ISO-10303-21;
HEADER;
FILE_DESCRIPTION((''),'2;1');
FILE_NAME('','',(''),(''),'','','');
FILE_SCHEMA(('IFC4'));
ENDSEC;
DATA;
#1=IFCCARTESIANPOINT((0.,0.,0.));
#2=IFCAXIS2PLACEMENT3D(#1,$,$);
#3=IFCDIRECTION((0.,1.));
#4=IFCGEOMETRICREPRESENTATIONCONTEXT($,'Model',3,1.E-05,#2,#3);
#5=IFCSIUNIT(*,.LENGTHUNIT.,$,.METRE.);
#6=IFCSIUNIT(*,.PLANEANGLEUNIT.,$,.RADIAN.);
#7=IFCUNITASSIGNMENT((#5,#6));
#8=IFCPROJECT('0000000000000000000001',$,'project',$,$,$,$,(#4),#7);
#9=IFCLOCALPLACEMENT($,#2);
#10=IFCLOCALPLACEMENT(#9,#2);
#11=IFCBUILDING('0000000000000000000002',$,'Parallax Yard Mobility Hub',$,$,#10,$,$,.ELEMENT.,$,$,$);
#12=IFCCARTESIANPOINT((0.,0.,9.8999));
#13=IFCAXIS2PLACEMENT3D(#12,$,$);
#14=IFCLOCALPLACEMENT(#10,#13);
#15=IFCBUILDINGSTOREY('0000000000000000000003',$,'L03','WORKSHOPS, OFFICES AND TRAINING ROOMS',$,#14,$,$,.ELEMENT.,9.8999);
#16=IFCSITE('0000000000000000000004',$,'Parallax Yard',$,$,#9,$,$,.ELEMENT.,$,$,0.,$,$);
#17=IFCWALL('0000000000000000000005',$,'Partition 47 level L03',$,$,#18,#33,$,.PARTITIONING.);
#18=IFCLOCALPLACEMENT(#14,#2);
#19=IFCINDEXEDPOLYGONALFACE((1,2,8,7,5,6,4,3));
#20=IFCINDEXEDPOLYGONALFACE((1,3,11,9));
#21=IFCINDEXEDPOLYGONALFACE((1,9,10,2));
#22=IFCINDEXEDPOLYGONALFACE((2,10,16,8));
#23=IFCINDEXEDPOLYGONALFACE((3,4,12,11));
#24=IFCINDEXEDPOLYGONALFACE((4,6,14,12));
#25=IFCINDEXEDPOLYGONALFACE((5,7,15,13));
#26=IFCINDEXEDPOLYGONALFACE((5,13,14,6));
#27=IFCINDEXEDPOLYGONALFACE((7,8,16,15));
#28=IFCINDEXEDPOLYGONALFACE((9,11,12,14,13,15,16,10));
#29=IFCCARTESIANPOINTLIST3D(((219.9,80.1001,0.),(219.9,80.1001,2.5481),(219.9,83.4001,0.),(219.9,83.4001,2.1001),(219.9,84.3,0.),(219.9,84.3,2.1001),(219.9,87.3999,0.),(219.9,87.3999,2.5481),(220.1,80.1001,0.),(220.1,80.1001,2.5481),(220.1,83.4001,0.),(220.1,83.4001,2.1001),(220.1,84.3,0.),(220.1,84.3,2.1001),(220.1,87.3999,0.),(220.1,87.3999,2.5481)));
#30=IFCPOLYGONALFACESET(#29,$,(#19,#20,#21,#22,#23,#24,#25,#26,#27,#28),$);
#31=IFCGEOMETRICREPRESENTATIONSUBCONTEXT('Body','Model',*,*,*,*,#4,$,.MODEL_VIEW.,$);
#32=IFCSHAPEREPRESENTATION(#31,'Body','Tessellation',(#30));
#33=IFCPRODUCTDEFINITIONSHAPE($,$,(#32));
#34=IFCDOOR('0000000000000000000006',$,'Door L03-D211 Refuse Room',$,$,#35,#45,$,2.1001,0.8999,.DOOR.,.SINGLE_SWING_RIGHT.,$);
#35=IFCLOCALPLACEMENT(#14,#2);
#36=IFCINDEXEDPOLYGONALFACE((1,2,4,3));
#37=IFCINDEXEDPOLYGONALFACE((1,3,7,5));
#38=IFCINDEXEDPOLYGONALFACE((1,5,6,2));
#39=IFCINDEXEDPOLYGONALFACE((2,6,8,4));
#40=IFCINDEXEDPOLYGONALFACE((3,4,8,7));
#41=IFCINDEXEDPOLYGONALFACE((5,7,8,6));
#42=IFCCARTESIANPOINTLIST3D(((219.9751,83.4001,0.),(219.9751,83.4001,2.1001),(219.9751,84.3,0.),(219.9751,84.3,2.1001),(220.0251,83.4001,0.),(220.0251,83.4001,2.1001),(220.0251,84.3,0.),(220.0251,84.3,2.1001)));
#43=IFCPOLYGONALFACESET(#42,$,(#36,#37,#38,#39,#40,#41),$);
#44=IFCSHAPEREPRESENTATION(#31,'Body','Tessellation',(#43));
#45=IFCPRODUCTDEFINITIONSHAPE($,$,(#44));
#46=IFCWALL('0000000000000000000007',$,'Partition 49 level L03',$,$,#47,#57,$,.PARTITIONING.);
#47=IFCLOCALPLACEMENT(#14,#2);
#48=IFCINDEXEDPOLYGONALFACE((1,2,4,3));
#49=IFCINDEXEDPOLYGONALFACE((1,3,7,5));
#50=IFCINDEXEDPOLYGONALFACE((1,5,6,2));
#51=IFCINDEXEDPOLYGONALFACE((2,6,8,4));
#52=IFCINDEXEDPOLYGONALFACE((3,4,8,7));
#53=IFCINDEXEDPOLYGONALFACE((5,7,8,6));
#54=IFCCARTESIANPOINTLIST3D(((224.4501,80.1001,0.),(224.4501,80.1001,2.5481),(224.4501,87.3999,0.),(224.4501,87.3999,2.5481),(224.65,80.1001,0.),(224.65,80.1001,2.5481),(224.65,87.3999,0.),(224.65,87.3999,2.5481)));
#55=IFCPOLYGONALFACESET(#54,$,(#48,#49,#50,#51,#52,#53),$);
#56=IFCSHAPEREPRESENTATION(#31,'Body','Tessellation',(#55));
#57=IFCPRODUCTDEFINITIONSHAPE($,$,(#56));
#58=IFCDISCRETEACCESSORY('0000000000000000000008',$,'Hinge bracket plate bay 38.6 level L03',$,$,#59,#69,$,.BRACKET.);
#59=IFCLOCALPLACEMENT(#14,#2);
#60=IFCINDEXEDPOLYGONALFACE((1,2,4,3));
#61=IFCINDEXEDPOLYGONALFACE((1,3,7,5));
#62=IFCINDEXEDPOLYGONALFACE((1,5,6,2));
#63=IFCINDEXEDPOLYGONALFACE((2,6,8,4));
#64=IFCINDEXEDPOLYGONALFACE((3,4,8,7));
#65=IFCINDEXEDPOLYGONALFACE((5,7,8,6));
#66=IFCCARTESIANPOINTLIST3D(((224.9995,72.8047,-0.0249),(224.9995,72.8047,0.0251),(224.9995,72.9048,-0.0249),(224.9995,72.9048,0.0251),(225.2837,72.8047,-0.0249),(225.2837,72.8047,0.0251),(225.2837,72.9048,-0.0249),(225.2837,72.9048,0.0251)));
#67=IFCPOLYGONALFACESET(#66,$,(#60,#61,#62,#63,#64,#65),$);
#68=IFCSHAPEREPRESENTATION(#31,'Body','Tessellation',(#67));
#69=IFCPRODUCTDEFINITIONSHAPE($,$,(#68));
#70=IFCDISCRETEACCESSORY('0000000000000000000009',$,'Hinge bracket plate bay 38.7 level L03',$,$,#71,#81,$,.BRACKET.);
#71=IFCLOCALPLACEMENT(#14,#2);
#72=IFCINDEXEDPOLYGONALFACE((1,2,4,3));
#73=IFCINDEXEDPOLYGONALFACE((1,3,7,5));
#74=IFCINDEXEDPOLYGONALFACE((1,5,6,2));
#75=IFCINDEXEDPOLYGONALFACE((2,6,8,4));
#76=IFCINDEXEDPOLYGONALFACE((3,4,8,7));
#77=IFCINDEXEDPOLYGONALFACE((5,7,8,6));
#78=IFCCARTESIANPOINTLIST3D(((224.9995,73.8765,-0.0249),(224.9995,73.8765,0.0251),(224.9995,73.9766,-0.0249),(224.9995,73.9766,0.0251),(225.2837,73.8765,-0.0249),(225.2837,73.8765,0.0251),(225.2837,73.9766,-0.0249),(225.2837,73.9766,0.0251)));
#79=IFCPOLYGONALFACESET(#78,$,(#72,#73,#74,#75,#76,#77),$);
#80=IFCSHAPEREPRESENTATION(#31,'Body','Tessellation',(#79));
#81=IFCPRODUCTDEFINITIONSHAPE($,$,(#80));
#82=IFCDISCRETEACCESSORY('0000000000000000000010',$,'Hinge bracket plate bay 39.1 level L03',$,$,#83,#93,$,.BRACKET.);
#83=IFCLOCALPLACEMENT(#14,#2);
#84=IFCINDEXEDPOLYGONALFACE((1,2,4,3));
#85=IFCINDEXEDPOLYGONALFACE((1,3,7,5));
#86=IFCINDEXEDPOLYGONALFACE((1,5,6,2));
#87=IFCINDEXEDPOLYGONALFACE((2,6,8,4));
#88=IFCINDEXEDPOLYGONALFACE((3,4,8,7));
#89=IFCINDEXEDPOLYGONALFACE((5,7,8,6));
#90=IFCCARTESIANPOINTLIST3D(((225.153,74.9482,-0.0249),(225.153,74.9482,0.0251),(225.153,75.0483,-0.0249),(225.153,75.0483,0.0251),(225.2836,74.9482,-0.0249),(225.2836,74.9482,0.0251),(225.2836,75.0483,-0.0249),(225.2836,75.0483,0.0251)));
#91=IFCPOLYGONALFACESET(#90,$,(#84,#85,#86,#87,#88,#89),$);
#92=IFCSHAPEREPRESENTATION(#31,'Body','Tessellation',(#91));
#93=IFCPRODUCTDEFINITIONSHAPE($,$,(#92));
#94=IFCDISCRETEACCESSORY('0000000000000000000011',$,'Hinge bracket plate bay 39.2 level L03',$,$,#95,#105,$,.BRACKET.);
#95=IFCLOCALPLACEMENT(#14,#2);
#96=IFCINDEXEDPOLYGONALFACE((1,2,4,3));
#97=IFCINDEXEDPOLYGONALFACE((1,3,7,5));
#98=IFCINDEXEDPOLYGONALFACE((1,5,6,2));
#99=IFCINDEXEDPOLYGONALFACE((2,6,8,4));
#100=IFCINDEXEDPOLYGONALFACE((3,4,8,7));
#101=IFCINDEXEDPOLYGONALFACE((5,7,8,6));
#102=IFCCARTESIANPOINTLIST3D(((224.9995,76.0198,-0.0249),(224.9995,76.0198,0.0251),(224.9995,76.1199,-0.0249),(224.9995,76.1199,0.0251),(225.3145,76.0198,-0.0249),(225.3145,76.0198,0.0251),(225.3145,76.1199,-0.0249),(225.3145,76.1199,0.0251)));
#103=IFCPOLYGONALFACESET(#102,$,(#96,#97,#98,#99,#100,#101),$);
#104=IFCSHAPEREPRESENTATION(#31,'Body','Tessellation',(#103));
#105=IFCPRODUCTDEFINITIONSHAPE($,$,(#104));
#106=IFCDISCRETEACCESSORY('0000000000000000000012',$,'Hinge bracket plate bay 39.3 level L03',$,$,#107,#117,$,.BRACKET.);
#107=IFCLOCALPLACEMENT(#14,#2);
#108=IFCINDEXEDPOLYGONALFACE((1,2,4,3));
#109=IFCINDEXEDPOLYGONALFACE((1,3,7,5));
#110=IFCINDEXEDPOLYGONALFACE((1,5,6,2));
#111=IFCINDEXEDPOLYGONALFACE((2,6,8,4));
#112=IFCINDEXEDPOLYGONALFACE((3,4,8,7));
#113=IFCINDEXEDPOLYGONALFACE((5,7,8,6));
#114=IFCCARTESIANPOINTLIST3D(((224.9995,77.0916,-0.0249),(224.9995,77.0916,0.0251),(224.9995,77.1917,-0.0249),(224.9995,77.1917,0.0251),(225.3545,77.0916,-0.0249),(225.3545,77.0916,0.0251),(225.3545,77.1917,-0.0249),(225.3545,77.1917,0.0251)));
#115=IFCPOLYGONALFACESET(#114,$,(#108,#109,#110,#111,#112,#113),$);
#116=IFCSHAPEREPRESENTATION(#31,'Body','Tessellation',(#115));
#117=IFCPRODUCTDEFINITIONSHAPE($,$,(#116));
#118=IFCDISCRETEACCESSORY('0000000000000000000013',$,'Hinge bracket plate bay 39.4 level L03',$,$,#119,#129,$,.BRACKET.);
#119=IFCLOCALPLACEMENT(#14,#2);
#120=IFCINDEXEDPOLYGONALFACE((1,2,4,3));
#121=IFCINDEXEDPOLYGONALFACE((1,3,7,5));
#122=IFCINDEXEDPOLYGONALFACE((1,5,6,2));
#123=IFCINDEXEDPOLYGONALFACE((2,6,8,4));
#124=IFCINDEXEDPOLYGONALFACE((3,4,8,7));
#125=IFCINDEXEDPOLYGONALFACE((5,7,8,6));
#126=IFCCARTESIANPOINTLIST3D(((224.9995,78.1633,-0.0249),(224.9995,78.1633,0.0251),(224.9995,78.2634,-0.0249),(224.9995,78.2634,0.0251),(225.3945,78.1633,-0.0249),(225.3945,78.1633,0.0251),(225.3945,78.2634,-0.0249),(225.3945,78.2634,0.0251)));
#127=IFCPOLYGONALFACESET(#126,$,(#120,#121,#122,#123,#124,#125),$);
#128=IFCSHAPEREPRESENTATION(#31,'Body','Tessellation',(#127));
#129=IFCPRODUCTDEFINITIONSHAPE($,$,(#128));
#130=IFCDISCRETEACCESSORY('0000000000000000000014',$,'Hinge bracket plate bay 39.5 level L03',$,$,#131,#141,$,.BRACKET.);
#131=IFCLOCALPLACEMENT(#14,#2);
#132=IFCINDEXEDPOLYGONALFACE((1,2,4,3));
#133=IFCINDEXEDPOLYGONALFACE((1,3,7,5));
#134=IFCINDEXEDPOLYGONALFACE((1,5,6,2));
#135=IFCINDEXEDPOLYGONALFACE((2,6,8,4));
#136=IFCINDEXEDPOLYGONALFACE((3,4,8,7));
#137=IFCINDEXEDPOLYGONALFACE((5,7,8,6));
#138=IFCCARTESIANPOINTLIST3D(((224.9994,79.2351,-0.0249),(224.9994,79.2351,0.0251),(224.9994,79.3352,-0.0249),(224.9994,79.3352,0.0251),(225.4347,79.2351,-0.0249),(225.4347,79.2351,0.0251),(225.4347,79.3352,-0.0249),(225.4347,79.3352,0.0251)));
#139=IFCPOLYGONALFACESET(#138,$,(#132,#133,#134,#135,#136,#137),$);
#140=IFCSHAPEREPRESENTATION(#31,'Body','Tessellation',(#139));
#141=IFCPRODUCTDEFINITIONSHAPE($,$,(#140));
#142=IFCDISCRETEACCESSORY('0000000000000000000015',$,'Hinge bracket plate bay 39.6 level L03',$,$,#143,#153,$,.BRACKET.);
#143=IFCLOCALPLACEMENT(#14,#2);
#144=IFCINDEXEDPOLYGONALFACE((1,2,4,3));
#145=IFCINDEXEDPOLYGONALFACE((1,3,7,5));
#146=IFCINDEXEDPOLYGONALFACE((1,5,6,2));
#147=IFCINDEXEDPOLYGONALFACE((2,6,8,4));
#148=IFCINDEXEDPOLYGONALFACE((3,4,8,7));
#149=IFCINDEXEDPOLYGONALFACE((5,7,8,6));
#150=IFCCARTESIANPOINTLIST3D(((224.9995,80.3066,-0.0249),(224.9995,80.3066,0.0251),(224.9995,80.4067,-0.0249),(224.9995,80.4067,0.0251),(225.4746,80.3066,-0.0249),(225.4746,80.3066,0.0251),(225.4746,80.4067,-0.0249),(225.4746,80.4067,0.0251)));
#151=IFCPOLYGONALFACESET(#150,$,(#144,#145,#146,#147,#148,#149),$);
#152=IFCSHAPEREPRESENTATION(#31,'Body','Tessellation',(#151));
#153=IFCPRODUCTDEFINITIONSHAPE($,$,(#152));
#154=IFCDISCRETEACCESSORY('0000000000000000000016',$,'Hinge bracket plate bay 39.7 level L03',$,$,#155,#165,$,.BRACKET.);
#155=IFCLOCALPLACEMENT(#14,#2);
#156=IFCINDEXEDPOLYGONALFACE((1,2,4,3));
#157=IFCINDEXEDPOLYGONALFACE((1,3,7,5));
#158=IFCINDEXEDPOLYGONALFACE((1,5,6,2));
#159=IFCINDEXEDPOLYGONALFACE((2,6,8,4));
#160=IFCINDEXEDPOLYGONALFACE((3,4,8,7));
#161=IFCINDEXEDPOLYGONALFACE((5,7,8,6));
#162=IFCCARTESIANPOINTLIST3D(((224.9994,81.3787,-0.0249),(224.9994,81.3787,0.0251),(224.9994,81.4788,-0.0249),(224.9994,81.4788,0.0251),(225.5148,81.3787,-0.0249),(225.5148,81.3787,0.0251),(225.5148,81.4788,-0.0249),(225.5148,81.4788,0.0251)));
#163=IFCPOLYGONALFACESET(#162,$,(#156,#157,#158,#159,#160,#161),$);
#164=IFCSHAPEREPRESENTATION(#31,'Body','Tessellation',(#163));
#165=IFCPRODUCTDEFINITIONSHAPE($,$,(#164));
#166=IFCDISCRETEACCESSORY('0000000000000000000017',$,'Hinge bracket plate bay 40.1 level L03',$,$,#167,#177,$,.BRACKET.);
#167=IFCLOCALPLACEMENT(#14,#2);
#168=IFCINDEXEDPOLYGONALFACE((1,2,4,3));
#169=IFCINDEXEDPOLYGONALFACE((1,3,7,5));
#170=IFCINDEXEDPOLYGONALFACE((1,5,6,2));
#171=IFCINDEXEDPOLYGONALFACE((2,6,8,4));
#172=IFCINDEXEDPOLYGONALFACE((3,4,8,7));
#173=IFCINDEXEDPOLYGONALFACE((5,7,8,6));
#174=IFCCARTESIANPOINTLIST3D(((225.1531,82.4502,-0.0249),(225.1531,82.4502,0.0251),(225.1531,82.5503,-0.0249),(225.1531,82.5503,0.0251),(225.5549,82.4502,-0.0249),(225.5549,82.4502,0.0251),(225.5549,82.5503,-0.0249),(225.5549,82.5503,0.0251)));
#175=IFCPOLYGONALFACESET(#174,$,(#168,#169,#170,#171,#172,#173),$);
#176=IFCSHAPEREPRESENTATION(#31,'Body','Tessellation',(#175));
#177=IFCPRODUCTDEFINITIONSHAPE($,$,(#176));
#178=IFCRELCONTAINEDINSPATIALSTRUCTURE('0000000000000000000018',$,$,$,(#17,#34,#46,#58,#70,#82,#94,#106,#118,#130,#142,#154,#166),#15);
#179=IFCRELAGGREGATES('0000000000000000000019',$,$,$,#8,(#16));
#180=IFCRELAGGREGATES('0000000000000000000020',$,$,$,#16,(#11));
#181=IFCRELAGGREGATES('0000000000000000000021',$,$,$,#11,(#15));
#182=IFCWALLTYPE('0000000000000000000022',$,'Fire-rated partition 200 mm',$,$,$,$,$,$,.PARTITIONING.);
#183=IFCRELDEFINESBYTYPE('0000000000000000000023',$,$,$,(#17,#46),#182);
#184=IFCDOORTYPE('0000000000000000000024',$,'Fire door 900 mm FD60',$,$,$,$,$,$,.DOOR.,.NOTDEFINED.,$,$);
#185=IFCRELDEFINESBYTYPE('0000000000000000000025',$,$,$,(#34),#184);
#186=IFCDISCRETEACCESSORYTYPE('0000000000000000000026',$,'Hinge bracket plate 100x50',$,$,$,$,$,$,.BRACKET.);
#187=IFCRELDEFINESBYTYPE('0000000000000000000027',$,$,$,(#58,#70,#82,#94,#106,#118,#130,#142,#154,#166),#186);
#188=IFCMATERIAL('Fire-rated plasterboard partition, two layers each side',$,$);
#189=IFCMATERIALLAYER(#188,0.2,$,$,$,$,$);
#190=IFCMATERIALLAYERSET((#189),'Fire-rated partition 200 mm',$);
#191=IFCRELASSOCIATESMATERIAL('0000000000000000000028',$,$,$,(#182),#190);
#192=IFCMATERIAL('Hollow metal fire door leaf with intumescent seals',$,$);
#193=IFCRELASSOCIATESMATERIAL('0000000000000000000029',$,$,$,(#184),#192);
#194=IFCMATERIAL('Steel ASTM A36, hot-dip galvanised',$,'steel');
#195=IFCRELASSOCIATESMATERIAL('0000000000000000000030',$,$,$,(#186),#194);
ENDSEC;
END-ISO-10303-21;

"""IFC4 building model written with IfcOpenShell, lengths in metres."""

from ifc_helpers import new_model, si_unit, direction, frame, frame_2d, origin, origin_2d, place, context, subcontext, project, spatial, rectangle, extrude, material, layer, layer_set, type_object, element, fill, save


model = new_model("IFC4")

# Units and contexts
model_context = context("Model", 3, precision=1e-05, world=origin(), true_north=direction((0.0, 1.0)))
body_context = subcontext(model_context, "Body", "Model", "MODEL_VIEW")
ifc_project = project(units=[si_unit("LENGTHUNIT", "METRE"), si_unit("PLANEANGLEUNIT", "RADIAN")], contexts=[model_context])

# Site, building, storey
site_placement = place(None, origin())
site = spatial("IfcSite", under=ifc_project, at=site_placement, Name="Parallax Yard", CompositionType="ELEMENT", RefElevation=0.0)
building_placement = place(site_placement, origin())
building = spatial("IfcBuilding", under=site, at=building_placement, Name="Parallax Yard Mobility Hub", CompositionType="ELEMENT")
storey_placement = place(building_placement, frame((0.0, 0.0, 9.8999)))
storey = spatial("IfcBuildingStorey", under=building, at=storey_placement, Name="L03", Description="WORKSHOPS, OFFICES AND TRAINING ROOMS", CompositionType="ELEMENT", Elevation=9.8999)

# Shared definitions
ifc_material_1 = material(Name="Fire-rated plasterboard partition, two layers each side")
ifc_layer_1 = layer(ifc_material_1, 0.2)
ifc_layer_set_1 = layer_set([ifc_layer_1], Name="Fire-rated partition 200 mm")
wall_type_1 = type_object("IfcWallType", Name="Fire-rated partition 200 mm", PredefinedType="PARTITIONING", material=ifc_layer_set_1)

# Wall, opening, door
wall_1_placement = place(storey_placement, frame((220.0, 80.1001, 0.0), z_axis=(0.0, 0.0, 1.0), x_axis=(0.0, 1.0, 0.0)))
wall_1 = element("IfcWall", 1, at=wall_1_placement, inside=storey, type_object=wall_type_1, Name="Partition 47 level L03", PredefinedType="PARTITIONING", context=body_context, shape_type="SweptSolid", body=[
    extrude(rectangle(XDim=7.2998, YDim=0.2, at=frame_2d((3.6499, 0.0))), origin(), (0.0, 0.0, 1.0), 2.5481),
])
opening_placement = place(wall_1_placement, frame((3.3, 0.0, 0.0)))
opening = element("IfcOpeningElement", 2, at=opening_placement, cuts=wall_1, PredefinedType="OPENING", context=body_context, shape_type="SweptSolid", body=[
    extrude(rectangle(XDim=0.8999, YDim=2.1001, at=frame_2d((0.45, 1.05))), frame((0.0, 0.1099, 0.0), z_axis=(0.0, -1.0, 0.0), x_axis=(1.0, 0.0, 0.0)), (0.0, 0.0, 1.0), 0.22),
])
ifc_material_2 = material(Name="Hollow metal fire door leaf with intumescent seals")
door_type = type_object("IfcDoorType", Name="Fire door 900 mm FD60", OperationType="NOTDEFINED", PredefinedType="DOOR", material=ifc_material_2)
door_placement = place(opening_placement, origin())
door = element("IfcDoor", 3, at=door_placement, inside=storey, type_object=door_type, Name="Door L03-D211 Refuse Room", OperationType="SINGLE_SWING_RIGHT", OverallHeight=2.1001, OverallWidth=0.8999, PredefinedType="DOOR", context=body_context, shape_type="SweptSolid", body=[
    extrude(rectangle(XDim=0.8999, YDim=2.1001, at=frame_2d((0.45, 1.05))), frame((0.0, 0.0249, 0.0), z_axis=(0.0, -1.0, 0.0), x_axis=(1.0, 0.0, 0.0)), (0.0, 0.0, 1.0), 0.05),
])
fill(opening, door)

# Wall
wall_2_placement = place(storey_placement, frame((224.55, 80.1001, 0.0), z_axis=(0.0, 0.0, 1.0), x_axis=(0.0, 1.0, 0.0)))
element("IfcWall", 4, at=wall_2_placement, inside=storey, type_object=wall_type_1, Name="Partition 49 level L03", PredefinedType="PARTITIONING", context=body_context, shape_type="SweptSolid", body=[
    extrude(rectangle(XDim=7.2998, YDim=0.2, at=frame_2d((3.6499, 0.0))), origin(), (0.0, 0.0, 1.0), 2.5481),
])

# Discrete accessories
ifc_material_3 = material(Name="Steel ASTM A36, hot-dip galvanised", Category="steel")
discrete_accessory_type_1 = type_object("IfcDiscreteAccessoryType", Name="Hinge bracket plate 100x50", PredefinedType="BRACKET", material=ifc_material_3)
for number, where, z_axis, x_axis, name in (
    (5, (225.1416, 72.8547, -0.0249), (0.0, 0.0, 1.0), (1.0, 0.0, 0.0), "Hinge bracket plate bay 38.6 level L03"),
    (6, (225.1416, 73.9265, -0.0249), (0.0, 0.0, 1.0), (1.0, 0.0, 0.0), "Hinge bracket plate bay 38.7 level L03"),
):
    element("IfcDiscreteAccessory", number, at=place(storey_placement, frame(where, z_axis=z_axis, x_axis=x_axis)), inside=storey, type_object=discrete_accessory_type_1, Name=name, PredefinedType="BRACKET", context=body_context, shape_type="SweptSolid", body=[
        extrude(rectangle(XDim=0.2842, YDim=0.1001, at=origin_2d()), origin(), (0.0, 0.0, 1.0), 0.05),
    ])
discrete_accessory_1_placement = place(storey_placement, frame((225.2183, 74.9983, -0.0249), z_axis=(0.0, 0.0, 1.0), x_axis=(1.0, 0.0, 0.0)))
element("IfcDiscreteAccessory", 7, at=discrete_accessory_1_placement, inside=storey, type_object=discrete_accessory_type_1, Name="Hinge bracket plate bay 39.1 level L03", PredefinedType="BRACKET", context=body_context, shape_type="SweptSolid", body=[
    extrude(rectangle(XDim=0.1306, YDim=0.1001, at=origin_2d()), origin(), (0.0, 0.0, 1.0), 0.05),
])
discrete_accessory_2_placement = place(storey_placement, frame((225.157, 76.0698, -0.0249), z_axis=(0.0, 0.0, 1.0), x_axis=(1.0, 0.0, 0.0)))
element("IfcDiscreteAccessory", 8, at=discrete_accessory_2_placement, inside=storey, type_object=discrete_accessory_type_1, Name="Hinge bracket plate bay 39.2 level L03", PredefinedType="BRACKET", context=body_context, shape_type="SweptSolid", body=[
    extrude(rectangle(XDim=0.3149, YDim=0.1001, at=origin_2d()), origin(), (0.0, 0.0, 1.0), 0.05),
])
discrete_accessory_3_placement = place(storey_placement, frame((225.177, 77.1416, -0.0249), z_axis=(0.0, 0.0, 1.0), x_axis=(1.0, 0.0, 0.0)))
element("IfcDiscreteAccessory", 9, at=discrete_accessory_3_placement, inside=storey, type_object=discrete_accessory_type_1, Name="Hinge bracket plate bay 39.3 level L03", PredefinedType="BRACKET", context=body_context, shape_type="SweptSolid", body=[
    extrude(rectangle(XDim=0.355, YDim=0.1001, at=origin_2d()), origin(), (0.0, 0.0, 1.0), 0.05),
])
discrete_accessory_4_placement = place(storey_placement, frame((225.197, 78.2134, -0.0249), z_axis=(0.0, 0.0, 1.0), x_axis=(1.0, 0.0, 0.0)))
element("IfcDiscreteAccessory", 10, at=discrete_accessory_4_placement, inside=storey, type_object=discrete_accessory_type_1, Name="Hinge bracket plate bay 39.4 level L03", PredefinedType="BRACKET", context=body_context, shape_type="SweptSolid", body=[
    extrude(rectangle(XDim=0.395, YDim=0.1001, at=origin_2d()), origin(), (0.0, 0.0, 1.0), 0.05),
])
discrete_accessory_5_placement = place(storey_placement, frame((225.217, 79.2852, -0.0249), z_axis=(0.0, 0.0, 1.0), x_axis=(1.0, 0.0, 0.0)))
element("IfcDiscreteAccessory", 11, at=discrete_accessory_5_placement, inside=storey, type_object=discrete_accessory_type_1, Name="Hinge bracket plate bay 39.5 level L03", PredefinedType="BRACKET", context=body_context, shape_type="SweptSolid", body=[
    extrude(rectangle(XDim=0.4353, YDim=0.1001, at=origin_2d()), origin(), (0.0, 0.0, 1.0), 0.05),
])
discrete_accessory_6_placement = place(storey_placement, frame((225.2371, 80.3567, -0.0249), z_axis=(0.0, 0.0, 1.0), x_axis=(1.0, 0.0, 0.0)))
element("IfcDiscreteAccessory", 12, at=discrete_accessory_6_placement, inside=storey, type_object=discrete_accessory_type_1, Name="Hinge bracket plate bay 39.6 level L03", PredefinedType="BRACKET", context=body_context, shape_type="SweptSolid", body=[
    extrude(rectangle(XDim=0.4751, YDim=0.1001, at=origin_2d()), origin(), (0.0, 0.0, 1.0), 0.05),
])
discrete_accessory_7_placement = place(storey_placement, frame((225.2571, 81.4287, -0.0249), z_axis=(0.0, 0.0, 1.0), x_axis=(1.0, 0.0, 0.0)))
element("IfcDiscreteAccessory", 13, at=discrete_accessory_7_placement, inside=storey, type_object=discrete_accessory_type_1, Name="Hinge bracket plate bay 39.7 level L03", PredefinedType="BRACKET", context=body_context, shape_type="SweptSolid", body=[
    extrude(rectangle(XDim=0.5154, YDim=0.1001, at=origin_2d()), origin(), (0.0, 0.0, 1.0), 0.05),
])
discrete_accessory_8_placement = place(storey_placement, frame((225.354, 82.5002, -0.0249), z_axis=(0.0, 0.0, 1.0), x_axis=(1.0, 0.0, 0.0)))
element("IfcDiscreteAccessory", 14, at=discrete_accessory_8_placement, inside=storey, type_object=discrete_accessory_type_1, Name="Hinge bracket plate bay 40.1 level L03", PredefinedType="BRACKET", context=body_context, shape_type="SweptSolid", body=[
    extrude(rectangle(XDim=0.4019, YDim=0.1001, at=origin_2d()), origin(), (0.0, 0.0, 1.0), 0.05),
])

save(model, "model.ifc")
